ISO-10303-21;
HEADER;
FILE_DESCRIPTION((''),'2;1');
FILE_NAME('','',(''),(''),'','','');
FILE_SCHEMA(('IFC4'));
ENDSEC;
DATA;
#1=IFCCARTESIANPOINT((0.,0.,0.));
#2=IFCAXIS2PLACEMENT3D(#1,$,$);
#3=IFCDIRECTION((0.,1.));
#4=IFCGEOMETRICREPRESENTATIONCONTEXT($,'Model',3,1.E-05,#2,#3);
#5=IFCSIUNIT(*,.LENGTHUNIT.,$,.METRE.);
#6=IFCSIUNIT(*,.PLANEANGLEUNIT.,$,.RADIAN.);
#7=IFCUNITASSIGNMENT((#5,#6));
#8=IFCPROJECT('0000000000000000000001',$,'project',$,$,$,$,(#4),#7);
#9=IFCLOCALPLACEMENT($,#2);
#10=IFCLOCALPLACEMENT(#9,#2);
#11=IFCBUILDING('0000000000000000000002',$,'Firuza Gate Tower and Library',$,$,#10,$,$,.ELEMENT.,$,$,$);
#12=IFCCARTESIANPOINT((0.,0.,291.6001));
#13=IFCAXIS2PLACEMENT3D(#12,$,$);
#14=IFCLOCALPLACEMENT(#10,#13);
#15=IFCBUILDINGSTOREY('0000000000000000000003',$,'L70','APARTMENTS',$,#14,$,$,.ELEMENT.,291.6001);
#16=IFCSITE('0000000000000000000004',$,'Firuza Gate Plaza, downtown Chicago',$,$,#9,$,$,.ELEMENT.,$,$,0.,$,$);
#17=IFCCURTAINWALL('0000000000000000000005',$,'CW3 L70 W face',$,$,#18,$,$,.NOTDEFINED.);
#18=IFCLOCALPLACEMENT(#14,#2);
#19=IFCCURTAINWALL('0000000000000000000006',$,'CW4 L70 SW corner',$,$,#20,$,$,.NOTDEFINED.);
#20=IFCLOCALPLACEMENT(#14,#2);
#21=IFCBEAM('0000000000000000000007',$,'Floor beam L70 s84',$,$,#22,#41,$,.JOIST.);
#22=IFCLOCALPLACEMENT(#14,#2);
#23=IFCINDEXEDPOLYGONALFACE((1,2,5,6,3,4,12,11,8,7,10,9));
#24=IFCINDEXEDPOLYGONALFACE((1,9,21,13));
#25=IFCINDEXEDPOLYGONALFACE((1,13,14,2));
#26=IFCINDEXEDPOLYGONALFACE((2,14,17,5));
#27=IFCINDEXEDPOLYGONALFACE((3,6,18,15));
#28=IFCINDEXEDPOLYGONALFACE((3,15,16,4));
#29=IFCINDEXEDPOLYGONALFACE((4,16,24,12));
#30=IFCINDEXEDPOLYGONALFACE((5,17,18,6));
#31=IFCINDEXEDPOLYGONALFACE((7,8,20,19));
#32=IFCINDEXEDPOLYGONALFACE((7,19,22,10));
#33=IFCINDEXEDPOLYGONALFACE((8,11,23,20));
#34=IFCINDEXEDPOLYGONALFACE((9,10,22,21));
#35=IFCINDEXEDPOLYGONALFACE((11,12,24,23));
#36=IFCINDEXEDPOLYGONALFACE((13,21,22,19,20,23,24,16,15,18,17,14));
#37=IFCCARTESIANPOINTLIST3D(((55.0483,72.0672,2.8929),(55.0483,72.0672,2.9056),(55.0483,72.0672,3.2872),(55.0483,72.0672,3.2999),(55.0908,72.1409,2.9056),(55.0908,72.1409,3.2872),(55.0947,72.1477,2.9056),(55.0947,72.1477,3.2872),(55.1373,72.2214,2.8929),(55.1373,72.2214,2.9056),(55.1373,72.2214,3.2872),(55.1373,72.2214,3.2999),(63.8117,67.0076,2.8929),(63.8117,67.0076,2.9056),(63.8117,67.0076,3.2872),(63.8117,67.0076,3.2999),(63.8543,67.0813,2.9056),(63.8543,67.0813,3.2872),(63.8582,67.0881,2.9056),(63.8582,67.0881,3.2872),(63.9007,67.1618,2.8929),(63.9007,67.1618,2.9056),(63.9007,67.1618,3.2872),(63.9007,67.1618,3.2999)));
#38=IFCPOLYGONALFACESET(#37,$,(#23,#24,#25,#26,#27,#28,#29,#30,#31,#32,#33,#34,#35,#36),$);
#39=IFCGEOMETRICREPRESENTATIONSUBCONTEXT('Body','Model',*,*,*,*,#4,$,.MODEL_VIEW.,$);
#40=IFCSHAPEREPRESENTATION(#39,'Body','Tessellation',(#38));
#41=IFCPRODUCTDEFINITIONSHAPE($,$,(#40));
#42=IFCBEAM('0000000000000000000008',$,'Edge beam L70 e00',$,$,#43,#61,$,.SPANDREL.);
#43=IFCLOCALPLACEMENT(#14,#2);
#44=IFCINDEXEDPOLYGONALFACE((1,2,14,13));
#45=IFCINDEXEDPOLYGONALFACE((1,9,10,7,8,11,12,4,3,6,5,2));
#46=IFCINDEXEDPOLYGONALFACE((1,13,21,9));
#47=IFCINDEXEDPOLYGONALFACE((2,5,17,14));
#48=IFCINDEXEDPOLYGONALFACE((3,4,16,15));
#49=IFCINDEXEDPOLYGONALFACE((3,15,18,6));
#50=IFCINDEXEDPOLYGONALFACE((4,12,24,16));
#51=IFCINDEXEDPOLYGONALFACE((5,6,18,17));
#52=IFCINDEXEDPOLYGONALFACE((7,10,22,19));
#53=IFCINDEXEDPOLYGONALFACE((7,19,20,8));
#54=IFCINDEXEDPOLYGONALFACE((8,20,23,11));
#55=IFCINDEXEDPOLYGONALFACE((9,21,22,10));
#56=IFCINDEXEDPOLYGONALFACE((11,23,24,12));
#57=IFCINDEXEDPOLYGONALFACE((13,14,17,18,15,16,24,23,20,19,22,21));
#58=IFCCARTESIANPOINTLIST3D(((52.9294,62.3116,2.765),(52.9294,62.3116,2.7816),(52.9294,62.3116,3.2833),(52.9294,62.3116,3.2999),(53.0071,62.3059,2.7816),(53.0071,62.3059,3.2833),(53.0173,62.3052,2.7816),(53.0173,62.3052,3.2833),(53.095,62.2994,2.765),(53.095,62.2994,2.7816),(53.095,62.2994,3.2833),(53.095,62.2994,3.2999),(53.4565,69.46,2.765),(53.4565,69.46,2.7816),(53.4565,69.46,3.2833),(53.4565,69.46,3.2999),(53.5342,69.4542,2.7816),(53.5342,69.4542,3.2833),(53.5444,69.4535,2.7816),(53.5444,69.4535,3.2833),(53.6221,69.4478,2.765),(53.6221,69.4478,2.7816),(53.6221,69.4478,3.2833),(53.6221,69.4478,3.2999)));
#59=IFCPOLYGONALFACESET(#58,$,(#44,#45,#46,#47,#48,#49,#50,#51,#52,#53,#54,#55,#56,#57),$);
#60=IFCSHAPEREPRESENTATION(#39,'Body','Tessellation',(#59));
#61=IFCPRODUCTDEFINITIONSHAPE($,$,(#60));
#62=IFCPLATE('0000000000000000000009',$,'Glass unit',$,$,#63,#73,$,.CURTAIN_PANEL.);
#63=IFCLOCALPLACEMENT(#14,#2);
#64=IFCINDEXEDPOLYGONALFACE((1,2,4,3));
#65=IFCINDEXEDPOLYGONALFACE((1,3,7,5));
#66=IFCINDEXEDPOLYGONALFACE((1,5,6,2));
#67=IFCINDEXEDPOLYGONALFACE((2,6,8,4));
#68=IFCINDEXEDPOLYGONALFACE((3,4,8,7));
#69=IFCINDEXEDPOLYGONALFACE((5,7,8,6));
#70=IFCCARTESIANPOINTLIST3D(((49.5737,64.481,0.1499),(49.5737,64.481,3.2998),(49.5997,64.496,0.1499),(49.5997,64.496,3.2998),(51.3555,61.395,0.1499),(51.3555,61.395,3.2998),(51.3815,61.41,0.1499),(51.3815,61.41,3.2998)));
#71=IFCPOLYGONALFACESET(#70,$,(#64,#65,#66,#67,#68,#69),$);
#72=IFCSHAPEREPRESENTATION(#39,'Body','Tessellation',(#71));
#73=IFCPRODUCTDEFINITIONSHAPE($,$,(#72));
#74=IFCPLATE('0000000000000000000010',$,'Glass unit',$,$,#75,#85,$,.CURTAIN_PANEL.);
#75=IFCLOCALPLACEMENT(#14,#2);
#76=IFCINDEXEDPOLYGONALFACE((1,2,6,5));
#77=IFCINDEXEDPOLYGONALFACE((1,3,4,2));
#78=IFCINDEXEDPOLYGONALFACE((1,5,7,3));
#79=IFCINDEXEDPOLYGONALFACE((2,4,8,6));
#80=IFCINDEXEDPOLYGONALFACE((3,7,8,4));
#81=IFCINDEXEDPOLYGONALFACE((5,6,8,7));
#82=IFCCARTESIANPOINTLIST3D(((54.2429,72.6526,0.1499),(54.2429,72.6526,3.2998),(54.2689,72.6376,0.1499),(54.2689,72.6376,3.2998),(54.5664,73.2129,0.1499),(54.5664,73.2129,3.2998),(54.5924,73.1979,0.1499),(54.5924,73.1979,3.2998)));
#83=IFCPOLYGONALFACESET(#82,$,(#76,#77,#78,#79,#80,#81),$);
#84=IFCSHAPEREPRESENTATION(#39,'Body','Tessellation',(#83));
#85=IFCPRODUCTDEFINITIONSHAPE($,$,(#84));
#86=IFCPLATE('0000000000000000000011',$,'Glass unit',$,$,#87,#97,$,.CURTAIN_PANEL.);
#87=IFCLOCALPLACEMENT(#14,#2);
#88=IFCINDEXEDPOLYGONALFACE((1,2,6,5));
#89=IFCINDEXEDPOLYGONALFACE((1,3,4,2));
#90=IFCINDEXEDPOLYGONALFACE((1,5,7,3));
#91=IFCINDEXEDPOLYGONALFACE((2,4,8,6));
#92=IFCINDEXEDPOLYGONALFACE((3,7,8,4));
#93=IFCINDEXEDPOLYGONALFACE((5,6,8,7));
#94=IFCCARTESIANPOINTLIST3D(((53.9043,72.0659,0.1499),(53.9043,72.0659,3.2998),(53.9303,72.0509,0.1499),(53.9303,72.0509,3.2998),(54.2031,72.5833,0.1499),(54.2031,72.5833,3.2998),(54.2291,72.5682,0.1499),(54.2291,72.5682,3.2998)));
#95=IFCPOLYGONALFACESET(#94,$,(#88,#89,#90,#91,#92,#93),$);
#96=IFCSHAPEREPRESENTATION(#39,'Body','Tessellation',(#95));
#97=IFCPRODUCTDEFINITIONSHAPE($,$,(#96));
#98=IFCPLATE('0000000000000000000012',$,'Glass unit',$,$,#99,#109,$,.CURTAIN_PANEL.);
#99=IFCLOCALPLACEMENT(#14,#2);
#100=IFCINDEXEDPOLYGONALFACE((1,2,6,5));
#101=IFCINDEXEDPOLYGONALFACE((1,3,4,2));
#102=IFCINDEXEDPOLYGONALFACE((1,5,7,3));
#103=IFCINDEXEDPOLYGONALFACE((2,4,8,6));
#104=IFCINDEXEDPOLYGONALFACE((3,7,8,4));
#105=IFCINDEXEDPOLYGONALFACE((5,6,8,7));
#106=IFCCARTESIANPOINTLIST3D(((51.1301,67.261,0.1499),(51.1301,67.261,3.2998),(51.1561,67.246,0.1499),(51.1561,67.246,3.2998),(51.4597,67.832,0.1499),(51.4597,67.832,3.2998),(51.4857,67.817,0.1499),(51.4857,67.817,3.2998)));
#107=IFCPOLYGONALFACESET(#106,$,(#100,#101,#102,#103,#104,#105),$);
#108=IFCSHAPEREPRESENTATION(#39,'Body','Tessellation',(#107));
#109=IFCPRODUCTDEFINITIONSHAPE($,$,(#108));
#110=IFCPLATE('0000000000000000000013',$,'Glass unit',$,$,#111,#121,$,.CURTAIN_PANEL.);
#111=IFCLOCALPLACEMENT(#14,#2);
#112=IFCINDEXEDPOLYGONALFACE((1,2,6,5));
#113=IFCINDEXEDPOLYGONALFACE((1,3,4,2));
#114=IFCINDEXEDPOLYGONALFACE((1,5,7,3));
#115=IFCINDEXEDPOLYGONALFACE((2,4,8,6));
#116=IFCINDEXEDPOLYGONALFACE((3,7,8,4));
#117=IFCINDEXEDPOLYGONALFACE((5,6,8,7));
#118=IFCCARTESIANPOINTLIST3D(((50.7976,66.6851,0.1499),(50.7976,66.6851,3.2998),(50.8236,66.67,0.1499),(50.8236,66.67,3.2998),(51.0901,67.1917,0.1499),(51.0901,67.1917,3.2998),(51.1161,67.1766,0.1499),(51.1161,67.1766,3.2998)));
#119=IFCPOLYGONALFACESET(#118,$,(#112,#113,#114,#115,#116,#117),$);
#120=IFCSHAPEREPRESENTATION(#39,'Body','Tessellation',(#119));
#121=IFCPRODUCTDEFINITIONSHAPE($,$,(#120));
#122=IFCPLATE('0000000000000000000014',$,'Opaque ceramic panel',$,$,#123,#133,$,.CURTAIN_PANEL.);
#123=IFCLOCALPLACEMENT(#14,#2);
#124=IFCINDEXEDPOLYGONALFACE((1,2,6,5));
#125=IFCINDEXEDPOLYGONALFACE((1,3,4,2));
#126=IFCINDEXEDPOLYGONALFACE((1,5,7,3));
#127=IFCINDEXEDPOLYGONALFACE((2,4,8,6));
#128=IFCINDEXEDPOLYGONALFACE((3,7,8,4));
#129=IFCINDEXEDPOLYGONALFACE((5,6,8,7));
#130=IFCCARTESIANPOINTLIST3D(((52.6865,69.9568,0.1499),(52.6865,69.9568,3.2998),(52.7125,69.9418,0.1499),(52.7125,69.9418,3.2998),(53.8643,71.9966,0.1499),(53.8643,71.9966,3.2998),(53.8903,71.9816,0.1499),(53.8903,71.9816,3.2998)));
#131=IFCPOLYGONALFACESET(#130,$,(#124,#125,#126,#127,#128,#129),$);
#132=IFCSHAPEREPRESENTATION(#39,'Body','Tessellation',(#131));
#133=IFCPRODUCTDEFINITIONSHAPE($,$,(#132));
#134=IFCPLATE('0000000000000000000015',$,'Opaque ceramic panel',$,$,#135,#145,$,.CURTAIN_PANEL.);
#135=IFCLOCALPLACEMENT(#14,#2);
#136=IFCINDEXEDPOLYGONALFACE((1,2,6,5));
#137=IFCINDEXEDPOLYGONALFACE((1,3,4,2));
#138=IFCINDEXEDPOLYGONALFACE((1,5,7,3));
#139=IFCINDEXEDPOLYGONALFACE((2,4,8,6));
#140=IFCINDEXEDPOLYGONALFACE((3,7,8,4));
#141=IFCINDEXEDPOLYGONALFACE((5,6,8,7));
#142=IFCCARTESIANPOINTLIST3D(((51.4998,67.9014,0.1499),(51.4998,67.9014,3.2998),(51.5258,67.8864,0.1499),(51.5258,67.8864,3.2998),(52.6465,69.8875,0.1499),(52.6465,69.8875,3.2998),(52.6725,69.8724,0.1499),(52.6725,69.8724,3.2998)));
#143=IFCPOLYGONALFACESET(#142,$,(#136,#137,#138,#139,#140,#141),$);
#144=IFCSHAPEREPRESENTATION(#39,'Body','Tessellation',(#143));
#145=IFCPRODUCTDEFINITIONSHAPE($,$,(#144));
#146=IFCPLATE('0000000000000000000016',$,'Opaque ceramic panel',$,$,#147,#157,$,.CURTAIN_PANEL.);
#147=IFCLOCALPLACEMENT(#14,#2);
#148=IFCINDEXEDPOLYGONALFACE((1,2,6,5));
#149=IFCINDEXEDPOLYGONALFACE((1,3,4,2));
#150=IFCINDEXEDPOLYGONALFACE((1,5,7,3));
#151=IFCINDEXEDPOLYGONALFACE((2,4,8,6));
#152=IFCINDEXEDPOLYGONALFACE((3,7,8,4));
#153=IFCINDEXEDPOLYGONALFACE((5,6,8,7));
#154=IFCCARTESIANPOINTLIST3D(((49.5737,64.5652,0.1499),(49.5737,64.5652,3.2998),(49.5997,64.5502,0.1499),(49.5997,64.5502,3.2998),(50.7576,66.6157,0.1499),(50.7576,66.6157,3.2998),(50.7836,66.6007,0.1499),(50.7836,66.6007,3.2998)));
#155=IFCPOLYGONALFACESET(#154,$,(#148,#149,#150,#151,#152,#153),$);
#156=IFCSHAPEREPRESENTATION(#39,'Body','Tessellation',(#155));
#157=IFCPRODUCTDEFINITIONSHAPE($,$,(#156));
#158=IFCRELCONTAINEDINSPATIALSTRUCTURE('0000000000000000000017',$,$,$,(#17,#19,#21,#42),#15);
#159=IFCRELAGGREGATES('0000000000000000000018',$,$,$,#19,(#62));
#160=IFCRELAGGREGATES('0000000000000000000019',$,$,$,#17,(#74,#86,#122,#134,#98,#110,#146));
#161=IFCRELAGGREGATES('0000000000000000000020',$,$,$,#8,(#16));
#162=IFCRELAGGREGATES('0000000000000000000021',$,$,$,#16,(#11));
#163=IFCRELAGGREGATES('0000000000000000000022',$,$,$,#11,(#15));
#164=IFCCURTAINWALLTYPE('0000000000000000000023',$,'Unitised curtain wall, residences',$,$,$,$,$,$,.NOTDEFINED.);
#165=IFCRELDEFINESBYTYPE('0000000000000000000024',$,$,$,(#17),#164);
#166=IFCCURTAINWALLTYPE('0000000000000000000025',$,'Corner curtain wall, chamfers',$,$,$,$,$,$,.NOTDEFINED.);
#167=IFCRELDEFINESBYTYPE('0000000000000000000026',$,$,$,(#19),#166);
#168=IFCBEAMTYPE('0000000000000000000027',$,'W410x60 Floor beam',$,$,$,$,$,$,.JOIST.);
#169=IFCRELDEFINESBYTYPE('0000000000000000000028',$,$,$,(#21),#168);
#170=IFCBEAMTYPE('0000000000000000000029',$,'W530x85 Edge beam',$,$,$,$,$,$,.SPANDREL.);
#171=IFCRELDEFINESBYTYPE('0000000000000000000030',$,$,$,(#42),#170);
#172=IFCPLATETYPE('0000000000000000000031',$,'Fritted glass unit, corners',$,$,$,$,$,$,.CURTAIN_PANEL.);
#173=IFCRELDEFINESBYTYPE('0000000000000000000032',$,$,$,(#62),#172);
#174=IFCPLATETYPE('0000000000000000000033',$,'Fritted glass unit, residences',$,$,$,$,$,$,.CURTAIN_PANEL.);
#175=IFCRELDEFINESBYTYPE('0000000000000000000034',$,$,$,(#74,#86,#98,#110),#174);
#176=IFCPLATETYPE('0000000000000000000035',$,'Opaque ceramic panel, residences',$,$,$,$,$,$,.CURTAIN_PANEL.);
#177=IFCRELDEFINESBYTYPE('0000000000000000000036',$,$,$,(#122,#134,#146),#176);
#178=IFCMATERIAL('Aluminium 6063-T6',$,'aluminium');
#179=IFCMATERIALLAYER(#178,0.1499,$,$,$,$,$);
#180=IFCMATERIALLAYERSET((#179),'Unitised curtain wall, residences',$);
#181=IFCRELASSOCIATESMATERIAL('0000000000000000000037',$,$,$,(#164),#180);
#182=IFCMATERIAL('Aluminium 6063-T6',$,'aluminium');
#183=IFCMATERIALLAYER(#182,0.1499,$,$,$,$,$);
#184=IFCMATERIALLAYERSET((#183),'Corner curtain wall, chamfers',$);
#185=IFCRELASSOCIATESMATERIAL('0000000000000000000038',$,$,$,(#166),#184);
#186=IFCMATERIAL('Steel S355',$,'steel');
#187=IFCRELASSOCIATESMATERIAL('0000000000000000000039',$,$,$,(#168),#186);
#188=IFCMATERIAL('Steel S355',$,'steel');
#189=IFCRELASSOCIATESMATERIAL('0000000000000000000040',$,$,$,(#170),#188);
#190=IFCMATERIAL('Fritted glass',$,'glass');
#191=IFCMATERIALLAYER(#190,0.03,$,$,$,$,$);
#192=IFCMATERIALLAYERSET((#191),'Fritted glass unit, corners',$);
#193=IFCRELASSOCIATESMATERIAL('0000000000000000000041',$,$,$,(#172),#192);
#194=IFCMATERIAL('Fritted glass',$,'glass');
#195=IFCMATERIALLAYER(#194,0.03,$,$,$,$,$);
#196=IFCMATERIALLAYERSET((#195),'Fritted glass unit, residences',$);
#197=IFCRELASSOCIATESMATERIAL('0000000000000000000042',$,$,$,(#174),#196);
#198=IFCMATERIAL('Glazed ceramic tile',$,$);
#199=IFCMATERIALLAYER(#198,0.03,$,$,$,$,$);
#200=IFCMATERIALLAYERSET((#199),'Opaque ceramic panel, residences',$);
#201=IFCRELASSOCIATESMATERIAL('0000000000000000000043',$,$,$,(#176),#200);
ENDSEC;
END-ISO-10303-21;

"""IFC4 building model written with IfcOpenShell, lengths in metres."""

from ifc_helpers import new_model, si_unit, direction, frame, origin, origin_2d, place, context, subcontext, project, spatial, polyline, i_section, outline, extrude, material, layer, layer_set, material_profile, profile_set, type_object, element, aggregate, save


model = new_model("IFC4")

# Units and contexts
model_context = context("Model", 3, precision=1e-05, world=origin(), true_north=direction((0.0, 1.0)))
body_context = subcontext(model_context, "Body", "Model", "MODEL_VIEW")
ifc_project = project(units=[si_unit("LENGTHUNIT", "METRE"), si_unit("PLANEANGLEUNIT", "RADIAN")], contexts=[model_context])

# Site, building, storey
site_placement = place(None, origin())
site = spatial("IfcSite", under=ifc_project, at=site_placement, Name="Firuza Gate Plaza, downtown Chicago", CompositionType="ELEMENT", RefElevation=0.0)
building_placement = place(site_placement, origin())
building = spatial("IfcBuilding", under=site, at=building_placement, Name="Firuza Gate Tower and Library", CompositionType="ELEMENT")
storey_placement = place(building_placement, frame((0.0, 0.0, 291.6001)))
storey = spatial("IfcBuildingStorey", under=building, at=storey_placement, Name="L70", Description="APARTMENTS", CompositionType="ELEMENT", Elevation=291.6001)

# Curtain wall
ifc_material_1 = material(Name="Aluminium 6063-T6", Category="aluminium")
ifc_layer_1 = layer(ifc_material_1, 0.1499)
ifc_layer_set_1 = layer_set([ifc_layer_1], Name="Unitised curtain wall, residences")
curtain_wall_type_1 = type_object("IfcCurtainWallType", Name="Unitised curtain wall, residences", PredefinedType="NOTDEFINED", material=ifc_layer_set_1)
placement = place(storey_placement, origin())
curtain_wall_1 = element("IfcCurtainWall", 1, at=placement, inside=storey, type_object=curtain_wall_type_1, Name="CW3 L70 W face", PredefinedType="NOTDEFINED")

# Curtain wall
ifc_material_2 = material(Name="Aluminium 6063-T6", Category="aluminium")
ifc_layer_2 = layer(ifc_material_2, 0.1499)
ifc_layer_set_2 = layer_set([ifc_layer_2], Name="Corner curtain wall, chamfers")
curtain_wall_type_2 = type_object("IfcCurtainWallType", Name="Corner curtain wall, chamfers", PredefinedType="NOTDEFINED", material=ifc_layer_set_2)
curtain_wall_2 = element("IfcCurtainWall", 2, at=placement, inside=storey, type_object=curtain_wall_type_2, Name="CW4 L70 SW corner", PredefinedType="NOTDEFINED")

# Beams
ifc_material_3 = material(Name="Steel S355", Category="steel")
ifc_material_profile_1 = material_profile(ifc_material_3, i_section(OverallWidth=0.178, OverallDepth=0.407, WebThickness=0.0078, FlangeThickness=0.0127, at=origin_2d()))
ifc_profile_set_1 = profile_set([ifc_material_profile_1], Name="Steel S355")
beam_type_1 = type_object("IfcBeamType", Name="W410x60 Floor beam", PredefinedType="JOIST", material=ifc_profile_set_1)
beam_1_placement = place(storey_placement, frame((55.0928, 72.1443, 3.0964), z_axis=(0.866025, -0.5, 0.0), x_axis=(0.5, 0.866025, 0.0)))
element("IfcBeam", 3, at=beam_1_placement, inside=storey, type_object=beam_type_1, Name="Floor beam L70 s84", PredefinedType="JOIST", context=body_context, shape_type="SweptSolid", body=[
    extrude(i_section(OverallWidth=0.178, OverallDepth=0.407, WebThickness=0.0078, FlangeThickness=0.0127, at=origin_2d()), origin(), (0.0, 0.0, 1.0), 10.1191),
])
ifc_material_4 = material(Name="Steel S355", Category="steel")
ifc_material_profile_2 = material_profile(ifc_material_4, i_section(OverallWidth=0.166, OverallDepth=0.5349, WebThickness=0.0103, FlangeThickness=0.0166, at=origin_2d()))
ifc_profile_set_2 = profile_set([ifc_material_profile_2], Name="Steel S355")
beam_type_2 = type_object("IfcBeamType", Name="W530x85 Edge beam", PredefinedType="SPANDREL", material=ifc_profile_set_2)
beam_2_placement = place(storey_placement, frame((53.5393, 69.4539, 3.0325), z_axis=(-0.073537, -0.997293, 0.0), x_axis=(0.997293, -0.073537, 0.0)))
element("IfcBeam", 4, at=beam_2_placement, inside=storey, type_object=beam_type_2, Name="Edge beam L70 e00", PredefinedType="SPANDREL", context=body_context, shape_type="SweptSolid", body=[
    extrude(i_section(OverallWidth=0.166, OverallDepth=0.5349, WebThickness=0.0103, FlangeThickness=0.0166, at=origin_2d()), origin(), (0.0, 0.0, 1.0), 7.1677),
])

# Plates
ifc_material_5 = material(Name="Fritted glass", Category="glass")
ifc_layer_3 = layer(ifc_material_5, 0.03)
ifc_layer_set_3 = layer_set([ifc_layer_3], Name="Fritted glass unit, corners")
plate_type_1 = type_object("IfcPlateType", Name="Fritted glass unit, corners", PredefinedType="CURTAIN_PANEL", material=ifc_layer_set_3)
plate_1_placement = place(storey_placement, frame((49.5737, 64.481, 0.1499), z_axis=(-0.866017, -0.500015, 0.0), x_axis=(0.500015, -0.866017, 0.0)))
plate_1 = element("IfcPlate", 5, at=plate_1_placement, type_object=plate_type_1, Name="Glass unit", PredefinedType="CURTAIN_PANEL", context=body_context, shape_type="SweptSolid", body=[
    extrude(outline(polyline([(0.0, 0.0), (3.5634, 0.0), (3.5634, 3.1499), (0.0, 3.1499), (0.0, 0.0)])), origin(), (0.0, 0.0, -1.0), 0.03),
])
aggregate(curtain_wall_2, [plate_1])
ifc_material_6 = material(Name="Fritted glass", Category="glass")
ifc_layer_4 = layer(ifc_material_6, 0.03)
ifc_layer_set_4 = layer_set([ifc_layer_4], Name="Fritted glass unit, residences")
plate_type_2 = type_object("IfcPlateType", Name="Fritted glass unit, residences", PredefinedType="CURTAIN_PANEL", material=ifc_layer_set_4)
plate_2_placement = place(storey_placement, frame((54.5664, 73.2129, 0.1499), z_axis=(-0.866028, 0.499995, 0.0), x_axis=(-0.499995, -0.866028, 0.0)))
plate_2 = element("IfcPlate", 6, at=plate_2_placement, type_object=plate_type_2, Name="Glass unit", PredefinedType="CURTAIN_PANEL", context=body_context, shape_type="SweptSolid", body=[
    extrude(outline(polyline([(0.0, 0.0), (0.647, 0.0), (0.647, 3.1499), (0.0, 3.1499), (0.0, 0.0)])), origin(), (0.0, 0.0, -1.0), 0.03),
])
plate_3_placement = place(storey_placement, frame((54.2031, 72.5833, 0.1499), z_axis=(-0.86592, 0.500182, 0.0), x_axis=(-0.500182, -0.86592, 0.0)))
plate_3 = element("IfcPlate", 7, at=plate_3_placement, type_object=plate_type_2, Name="Glass unit", PredefinedType="CURTAIN_PANEL", context=body_context, shape_type="SweptSolid", body=[
    extrude(outline(polyline([(0.0, 0.0), (0.5974, 0.0), (0.5974, 3.1499), (0.0, 3.1499), (0.0, 0.0)])), origin(), (0.0, 0.0, -1.0), 0.03),
])
plate_4_placement = place(storey_placement, frame((51.4597, 67.832, 0.1499), z_axis=(-0.866093, 0.499883, 0.0), x_axis=(-0.499883, -0.866093, 0.0)))
plate_4 = element("IfcPlate", 8, at=plate_4_placement, type_object=plate_type_2, Name="Glass unit", PredefinedType="CURTAIN_PANEL", context=body_context, shape_type="SweptSolid", body=[
    extrude(outline(polyline([(0.0, 0.0), (0.6593, 0.0), (0.6593, 3.1499), (0.0, 3.1499), (0.0, 0.0)])), origin(), (0.0, 0.0, -1.0), 0.03),
])
plate_5_placement = place(storey_placement, frame((51.0901, 67.1917, 0.1499), z_axis=(-0.866026, 0.499999, 0.0), x_axis=(-0.499999, -0.866026, 0.0)))
plate_5 = element("IfcPlate", 9, at=plate_5_placement, type_object=plate_type_2, Name="Glass unit", PredefinedType="CURTAIN_PANEL", context=body_context, shape_type="SweptSolid", body=[
    extrude(outline(polyline([(0.0, 0.0), (0.585, 0.0), (0.585, 3.1499), (0.0, 3.1499), (0.0, 0.0)])), origin(), (0.0, 0.0, -1.0), 0.03),
])
ifc_material_7 = material(Name="Glazed ceramic tile")
ifc_layer_5 = layer(ifc_material_7, 0.03)
ifc_layer_set_5 = layer_set([ifc_layer_5], Name="Opaque ceramic panel, residences")
plate_type_3 = type_object("IfcPlateType", Name="Opaque ceramic panel, residences", PredefinedType="CURTAIN_PANEL", material=ifc_layer_set_5)
plate_6_placement = place(storey_placement, frame((53.8643, 71.9966, 0.1499), z_axis=(-0.866015, 0.500019, 0.0), x_axis=(-0.500019, -0.866015, 0.0)))
plate_6 = element("IfcPlate", 10, at=plate_6_placement, type_object=plate_type_3, Name="Opaque ceramic panel", PredefinedType="CURTAIN_PANEL", context=body_context, shape_type="SweptSolid", body=[
    extrude(outline(polyline([(0.0, 0.0), (2.3554, 0.0), (2.3554, 3.1499), (0.0, 3.1499), (0.0, 0.0)])), origin(), (0.0, 0.0, -1.0), 0.03),
])
plate_7_placement = place(storey_placement, frame((52.6465, 69.8875, 0.1499), z_axis=(-0.866014, 0.50002, 0.0), x_axis=(-0.50002, -0.866014, 0.0)))
plate_7 = element("IfcPlate", 11, at=plate_7_placement, type_object=plate_type_3, Name="Opaque ceramic panel", PredefinedType="CURTAIN_PANEL", context=body_context, shape_type="SweptSolid", body=[
    extrude(outline(polyline([(0.0, 0.0), (2.2934, 0.0), (2.2934, 3.1499), (0.0, 3.1499), (0.0, 0.0)])), origin(), (0.0, 0.0, -1.0), 0.03),
])
plate_8_placement = place(storey_placement, frame((50.7576, 66.6157, 0.1499), z_axis=(-0.866033, 0.499987, 0.0), x_axis=(-0.499987, -0.866033, 0.0)))
plate_8 = element("IfcPlate", 12, at=plate_8_placement, type_object=plate_type_3, Name="Opaque ceramic panel", PredefinedType="CURTAIN_PANEL", context=body_context, shape_type="SweptSolid", body=[
    extrude(outline(polyline([(0.0, 0.0), (2.3677, 0.0), (2.3677, 3.1499), (0.0, 3.1499), (0.0, 0.0)])), origin(), (0.0, 0.0, -1.0), 0.03),
])
aggregate(curtain_wall_1, [plate_2, plate_3, plate_6, plate_7, plate_4, plate_5, plate_8])

save(model, "model.ifc")
